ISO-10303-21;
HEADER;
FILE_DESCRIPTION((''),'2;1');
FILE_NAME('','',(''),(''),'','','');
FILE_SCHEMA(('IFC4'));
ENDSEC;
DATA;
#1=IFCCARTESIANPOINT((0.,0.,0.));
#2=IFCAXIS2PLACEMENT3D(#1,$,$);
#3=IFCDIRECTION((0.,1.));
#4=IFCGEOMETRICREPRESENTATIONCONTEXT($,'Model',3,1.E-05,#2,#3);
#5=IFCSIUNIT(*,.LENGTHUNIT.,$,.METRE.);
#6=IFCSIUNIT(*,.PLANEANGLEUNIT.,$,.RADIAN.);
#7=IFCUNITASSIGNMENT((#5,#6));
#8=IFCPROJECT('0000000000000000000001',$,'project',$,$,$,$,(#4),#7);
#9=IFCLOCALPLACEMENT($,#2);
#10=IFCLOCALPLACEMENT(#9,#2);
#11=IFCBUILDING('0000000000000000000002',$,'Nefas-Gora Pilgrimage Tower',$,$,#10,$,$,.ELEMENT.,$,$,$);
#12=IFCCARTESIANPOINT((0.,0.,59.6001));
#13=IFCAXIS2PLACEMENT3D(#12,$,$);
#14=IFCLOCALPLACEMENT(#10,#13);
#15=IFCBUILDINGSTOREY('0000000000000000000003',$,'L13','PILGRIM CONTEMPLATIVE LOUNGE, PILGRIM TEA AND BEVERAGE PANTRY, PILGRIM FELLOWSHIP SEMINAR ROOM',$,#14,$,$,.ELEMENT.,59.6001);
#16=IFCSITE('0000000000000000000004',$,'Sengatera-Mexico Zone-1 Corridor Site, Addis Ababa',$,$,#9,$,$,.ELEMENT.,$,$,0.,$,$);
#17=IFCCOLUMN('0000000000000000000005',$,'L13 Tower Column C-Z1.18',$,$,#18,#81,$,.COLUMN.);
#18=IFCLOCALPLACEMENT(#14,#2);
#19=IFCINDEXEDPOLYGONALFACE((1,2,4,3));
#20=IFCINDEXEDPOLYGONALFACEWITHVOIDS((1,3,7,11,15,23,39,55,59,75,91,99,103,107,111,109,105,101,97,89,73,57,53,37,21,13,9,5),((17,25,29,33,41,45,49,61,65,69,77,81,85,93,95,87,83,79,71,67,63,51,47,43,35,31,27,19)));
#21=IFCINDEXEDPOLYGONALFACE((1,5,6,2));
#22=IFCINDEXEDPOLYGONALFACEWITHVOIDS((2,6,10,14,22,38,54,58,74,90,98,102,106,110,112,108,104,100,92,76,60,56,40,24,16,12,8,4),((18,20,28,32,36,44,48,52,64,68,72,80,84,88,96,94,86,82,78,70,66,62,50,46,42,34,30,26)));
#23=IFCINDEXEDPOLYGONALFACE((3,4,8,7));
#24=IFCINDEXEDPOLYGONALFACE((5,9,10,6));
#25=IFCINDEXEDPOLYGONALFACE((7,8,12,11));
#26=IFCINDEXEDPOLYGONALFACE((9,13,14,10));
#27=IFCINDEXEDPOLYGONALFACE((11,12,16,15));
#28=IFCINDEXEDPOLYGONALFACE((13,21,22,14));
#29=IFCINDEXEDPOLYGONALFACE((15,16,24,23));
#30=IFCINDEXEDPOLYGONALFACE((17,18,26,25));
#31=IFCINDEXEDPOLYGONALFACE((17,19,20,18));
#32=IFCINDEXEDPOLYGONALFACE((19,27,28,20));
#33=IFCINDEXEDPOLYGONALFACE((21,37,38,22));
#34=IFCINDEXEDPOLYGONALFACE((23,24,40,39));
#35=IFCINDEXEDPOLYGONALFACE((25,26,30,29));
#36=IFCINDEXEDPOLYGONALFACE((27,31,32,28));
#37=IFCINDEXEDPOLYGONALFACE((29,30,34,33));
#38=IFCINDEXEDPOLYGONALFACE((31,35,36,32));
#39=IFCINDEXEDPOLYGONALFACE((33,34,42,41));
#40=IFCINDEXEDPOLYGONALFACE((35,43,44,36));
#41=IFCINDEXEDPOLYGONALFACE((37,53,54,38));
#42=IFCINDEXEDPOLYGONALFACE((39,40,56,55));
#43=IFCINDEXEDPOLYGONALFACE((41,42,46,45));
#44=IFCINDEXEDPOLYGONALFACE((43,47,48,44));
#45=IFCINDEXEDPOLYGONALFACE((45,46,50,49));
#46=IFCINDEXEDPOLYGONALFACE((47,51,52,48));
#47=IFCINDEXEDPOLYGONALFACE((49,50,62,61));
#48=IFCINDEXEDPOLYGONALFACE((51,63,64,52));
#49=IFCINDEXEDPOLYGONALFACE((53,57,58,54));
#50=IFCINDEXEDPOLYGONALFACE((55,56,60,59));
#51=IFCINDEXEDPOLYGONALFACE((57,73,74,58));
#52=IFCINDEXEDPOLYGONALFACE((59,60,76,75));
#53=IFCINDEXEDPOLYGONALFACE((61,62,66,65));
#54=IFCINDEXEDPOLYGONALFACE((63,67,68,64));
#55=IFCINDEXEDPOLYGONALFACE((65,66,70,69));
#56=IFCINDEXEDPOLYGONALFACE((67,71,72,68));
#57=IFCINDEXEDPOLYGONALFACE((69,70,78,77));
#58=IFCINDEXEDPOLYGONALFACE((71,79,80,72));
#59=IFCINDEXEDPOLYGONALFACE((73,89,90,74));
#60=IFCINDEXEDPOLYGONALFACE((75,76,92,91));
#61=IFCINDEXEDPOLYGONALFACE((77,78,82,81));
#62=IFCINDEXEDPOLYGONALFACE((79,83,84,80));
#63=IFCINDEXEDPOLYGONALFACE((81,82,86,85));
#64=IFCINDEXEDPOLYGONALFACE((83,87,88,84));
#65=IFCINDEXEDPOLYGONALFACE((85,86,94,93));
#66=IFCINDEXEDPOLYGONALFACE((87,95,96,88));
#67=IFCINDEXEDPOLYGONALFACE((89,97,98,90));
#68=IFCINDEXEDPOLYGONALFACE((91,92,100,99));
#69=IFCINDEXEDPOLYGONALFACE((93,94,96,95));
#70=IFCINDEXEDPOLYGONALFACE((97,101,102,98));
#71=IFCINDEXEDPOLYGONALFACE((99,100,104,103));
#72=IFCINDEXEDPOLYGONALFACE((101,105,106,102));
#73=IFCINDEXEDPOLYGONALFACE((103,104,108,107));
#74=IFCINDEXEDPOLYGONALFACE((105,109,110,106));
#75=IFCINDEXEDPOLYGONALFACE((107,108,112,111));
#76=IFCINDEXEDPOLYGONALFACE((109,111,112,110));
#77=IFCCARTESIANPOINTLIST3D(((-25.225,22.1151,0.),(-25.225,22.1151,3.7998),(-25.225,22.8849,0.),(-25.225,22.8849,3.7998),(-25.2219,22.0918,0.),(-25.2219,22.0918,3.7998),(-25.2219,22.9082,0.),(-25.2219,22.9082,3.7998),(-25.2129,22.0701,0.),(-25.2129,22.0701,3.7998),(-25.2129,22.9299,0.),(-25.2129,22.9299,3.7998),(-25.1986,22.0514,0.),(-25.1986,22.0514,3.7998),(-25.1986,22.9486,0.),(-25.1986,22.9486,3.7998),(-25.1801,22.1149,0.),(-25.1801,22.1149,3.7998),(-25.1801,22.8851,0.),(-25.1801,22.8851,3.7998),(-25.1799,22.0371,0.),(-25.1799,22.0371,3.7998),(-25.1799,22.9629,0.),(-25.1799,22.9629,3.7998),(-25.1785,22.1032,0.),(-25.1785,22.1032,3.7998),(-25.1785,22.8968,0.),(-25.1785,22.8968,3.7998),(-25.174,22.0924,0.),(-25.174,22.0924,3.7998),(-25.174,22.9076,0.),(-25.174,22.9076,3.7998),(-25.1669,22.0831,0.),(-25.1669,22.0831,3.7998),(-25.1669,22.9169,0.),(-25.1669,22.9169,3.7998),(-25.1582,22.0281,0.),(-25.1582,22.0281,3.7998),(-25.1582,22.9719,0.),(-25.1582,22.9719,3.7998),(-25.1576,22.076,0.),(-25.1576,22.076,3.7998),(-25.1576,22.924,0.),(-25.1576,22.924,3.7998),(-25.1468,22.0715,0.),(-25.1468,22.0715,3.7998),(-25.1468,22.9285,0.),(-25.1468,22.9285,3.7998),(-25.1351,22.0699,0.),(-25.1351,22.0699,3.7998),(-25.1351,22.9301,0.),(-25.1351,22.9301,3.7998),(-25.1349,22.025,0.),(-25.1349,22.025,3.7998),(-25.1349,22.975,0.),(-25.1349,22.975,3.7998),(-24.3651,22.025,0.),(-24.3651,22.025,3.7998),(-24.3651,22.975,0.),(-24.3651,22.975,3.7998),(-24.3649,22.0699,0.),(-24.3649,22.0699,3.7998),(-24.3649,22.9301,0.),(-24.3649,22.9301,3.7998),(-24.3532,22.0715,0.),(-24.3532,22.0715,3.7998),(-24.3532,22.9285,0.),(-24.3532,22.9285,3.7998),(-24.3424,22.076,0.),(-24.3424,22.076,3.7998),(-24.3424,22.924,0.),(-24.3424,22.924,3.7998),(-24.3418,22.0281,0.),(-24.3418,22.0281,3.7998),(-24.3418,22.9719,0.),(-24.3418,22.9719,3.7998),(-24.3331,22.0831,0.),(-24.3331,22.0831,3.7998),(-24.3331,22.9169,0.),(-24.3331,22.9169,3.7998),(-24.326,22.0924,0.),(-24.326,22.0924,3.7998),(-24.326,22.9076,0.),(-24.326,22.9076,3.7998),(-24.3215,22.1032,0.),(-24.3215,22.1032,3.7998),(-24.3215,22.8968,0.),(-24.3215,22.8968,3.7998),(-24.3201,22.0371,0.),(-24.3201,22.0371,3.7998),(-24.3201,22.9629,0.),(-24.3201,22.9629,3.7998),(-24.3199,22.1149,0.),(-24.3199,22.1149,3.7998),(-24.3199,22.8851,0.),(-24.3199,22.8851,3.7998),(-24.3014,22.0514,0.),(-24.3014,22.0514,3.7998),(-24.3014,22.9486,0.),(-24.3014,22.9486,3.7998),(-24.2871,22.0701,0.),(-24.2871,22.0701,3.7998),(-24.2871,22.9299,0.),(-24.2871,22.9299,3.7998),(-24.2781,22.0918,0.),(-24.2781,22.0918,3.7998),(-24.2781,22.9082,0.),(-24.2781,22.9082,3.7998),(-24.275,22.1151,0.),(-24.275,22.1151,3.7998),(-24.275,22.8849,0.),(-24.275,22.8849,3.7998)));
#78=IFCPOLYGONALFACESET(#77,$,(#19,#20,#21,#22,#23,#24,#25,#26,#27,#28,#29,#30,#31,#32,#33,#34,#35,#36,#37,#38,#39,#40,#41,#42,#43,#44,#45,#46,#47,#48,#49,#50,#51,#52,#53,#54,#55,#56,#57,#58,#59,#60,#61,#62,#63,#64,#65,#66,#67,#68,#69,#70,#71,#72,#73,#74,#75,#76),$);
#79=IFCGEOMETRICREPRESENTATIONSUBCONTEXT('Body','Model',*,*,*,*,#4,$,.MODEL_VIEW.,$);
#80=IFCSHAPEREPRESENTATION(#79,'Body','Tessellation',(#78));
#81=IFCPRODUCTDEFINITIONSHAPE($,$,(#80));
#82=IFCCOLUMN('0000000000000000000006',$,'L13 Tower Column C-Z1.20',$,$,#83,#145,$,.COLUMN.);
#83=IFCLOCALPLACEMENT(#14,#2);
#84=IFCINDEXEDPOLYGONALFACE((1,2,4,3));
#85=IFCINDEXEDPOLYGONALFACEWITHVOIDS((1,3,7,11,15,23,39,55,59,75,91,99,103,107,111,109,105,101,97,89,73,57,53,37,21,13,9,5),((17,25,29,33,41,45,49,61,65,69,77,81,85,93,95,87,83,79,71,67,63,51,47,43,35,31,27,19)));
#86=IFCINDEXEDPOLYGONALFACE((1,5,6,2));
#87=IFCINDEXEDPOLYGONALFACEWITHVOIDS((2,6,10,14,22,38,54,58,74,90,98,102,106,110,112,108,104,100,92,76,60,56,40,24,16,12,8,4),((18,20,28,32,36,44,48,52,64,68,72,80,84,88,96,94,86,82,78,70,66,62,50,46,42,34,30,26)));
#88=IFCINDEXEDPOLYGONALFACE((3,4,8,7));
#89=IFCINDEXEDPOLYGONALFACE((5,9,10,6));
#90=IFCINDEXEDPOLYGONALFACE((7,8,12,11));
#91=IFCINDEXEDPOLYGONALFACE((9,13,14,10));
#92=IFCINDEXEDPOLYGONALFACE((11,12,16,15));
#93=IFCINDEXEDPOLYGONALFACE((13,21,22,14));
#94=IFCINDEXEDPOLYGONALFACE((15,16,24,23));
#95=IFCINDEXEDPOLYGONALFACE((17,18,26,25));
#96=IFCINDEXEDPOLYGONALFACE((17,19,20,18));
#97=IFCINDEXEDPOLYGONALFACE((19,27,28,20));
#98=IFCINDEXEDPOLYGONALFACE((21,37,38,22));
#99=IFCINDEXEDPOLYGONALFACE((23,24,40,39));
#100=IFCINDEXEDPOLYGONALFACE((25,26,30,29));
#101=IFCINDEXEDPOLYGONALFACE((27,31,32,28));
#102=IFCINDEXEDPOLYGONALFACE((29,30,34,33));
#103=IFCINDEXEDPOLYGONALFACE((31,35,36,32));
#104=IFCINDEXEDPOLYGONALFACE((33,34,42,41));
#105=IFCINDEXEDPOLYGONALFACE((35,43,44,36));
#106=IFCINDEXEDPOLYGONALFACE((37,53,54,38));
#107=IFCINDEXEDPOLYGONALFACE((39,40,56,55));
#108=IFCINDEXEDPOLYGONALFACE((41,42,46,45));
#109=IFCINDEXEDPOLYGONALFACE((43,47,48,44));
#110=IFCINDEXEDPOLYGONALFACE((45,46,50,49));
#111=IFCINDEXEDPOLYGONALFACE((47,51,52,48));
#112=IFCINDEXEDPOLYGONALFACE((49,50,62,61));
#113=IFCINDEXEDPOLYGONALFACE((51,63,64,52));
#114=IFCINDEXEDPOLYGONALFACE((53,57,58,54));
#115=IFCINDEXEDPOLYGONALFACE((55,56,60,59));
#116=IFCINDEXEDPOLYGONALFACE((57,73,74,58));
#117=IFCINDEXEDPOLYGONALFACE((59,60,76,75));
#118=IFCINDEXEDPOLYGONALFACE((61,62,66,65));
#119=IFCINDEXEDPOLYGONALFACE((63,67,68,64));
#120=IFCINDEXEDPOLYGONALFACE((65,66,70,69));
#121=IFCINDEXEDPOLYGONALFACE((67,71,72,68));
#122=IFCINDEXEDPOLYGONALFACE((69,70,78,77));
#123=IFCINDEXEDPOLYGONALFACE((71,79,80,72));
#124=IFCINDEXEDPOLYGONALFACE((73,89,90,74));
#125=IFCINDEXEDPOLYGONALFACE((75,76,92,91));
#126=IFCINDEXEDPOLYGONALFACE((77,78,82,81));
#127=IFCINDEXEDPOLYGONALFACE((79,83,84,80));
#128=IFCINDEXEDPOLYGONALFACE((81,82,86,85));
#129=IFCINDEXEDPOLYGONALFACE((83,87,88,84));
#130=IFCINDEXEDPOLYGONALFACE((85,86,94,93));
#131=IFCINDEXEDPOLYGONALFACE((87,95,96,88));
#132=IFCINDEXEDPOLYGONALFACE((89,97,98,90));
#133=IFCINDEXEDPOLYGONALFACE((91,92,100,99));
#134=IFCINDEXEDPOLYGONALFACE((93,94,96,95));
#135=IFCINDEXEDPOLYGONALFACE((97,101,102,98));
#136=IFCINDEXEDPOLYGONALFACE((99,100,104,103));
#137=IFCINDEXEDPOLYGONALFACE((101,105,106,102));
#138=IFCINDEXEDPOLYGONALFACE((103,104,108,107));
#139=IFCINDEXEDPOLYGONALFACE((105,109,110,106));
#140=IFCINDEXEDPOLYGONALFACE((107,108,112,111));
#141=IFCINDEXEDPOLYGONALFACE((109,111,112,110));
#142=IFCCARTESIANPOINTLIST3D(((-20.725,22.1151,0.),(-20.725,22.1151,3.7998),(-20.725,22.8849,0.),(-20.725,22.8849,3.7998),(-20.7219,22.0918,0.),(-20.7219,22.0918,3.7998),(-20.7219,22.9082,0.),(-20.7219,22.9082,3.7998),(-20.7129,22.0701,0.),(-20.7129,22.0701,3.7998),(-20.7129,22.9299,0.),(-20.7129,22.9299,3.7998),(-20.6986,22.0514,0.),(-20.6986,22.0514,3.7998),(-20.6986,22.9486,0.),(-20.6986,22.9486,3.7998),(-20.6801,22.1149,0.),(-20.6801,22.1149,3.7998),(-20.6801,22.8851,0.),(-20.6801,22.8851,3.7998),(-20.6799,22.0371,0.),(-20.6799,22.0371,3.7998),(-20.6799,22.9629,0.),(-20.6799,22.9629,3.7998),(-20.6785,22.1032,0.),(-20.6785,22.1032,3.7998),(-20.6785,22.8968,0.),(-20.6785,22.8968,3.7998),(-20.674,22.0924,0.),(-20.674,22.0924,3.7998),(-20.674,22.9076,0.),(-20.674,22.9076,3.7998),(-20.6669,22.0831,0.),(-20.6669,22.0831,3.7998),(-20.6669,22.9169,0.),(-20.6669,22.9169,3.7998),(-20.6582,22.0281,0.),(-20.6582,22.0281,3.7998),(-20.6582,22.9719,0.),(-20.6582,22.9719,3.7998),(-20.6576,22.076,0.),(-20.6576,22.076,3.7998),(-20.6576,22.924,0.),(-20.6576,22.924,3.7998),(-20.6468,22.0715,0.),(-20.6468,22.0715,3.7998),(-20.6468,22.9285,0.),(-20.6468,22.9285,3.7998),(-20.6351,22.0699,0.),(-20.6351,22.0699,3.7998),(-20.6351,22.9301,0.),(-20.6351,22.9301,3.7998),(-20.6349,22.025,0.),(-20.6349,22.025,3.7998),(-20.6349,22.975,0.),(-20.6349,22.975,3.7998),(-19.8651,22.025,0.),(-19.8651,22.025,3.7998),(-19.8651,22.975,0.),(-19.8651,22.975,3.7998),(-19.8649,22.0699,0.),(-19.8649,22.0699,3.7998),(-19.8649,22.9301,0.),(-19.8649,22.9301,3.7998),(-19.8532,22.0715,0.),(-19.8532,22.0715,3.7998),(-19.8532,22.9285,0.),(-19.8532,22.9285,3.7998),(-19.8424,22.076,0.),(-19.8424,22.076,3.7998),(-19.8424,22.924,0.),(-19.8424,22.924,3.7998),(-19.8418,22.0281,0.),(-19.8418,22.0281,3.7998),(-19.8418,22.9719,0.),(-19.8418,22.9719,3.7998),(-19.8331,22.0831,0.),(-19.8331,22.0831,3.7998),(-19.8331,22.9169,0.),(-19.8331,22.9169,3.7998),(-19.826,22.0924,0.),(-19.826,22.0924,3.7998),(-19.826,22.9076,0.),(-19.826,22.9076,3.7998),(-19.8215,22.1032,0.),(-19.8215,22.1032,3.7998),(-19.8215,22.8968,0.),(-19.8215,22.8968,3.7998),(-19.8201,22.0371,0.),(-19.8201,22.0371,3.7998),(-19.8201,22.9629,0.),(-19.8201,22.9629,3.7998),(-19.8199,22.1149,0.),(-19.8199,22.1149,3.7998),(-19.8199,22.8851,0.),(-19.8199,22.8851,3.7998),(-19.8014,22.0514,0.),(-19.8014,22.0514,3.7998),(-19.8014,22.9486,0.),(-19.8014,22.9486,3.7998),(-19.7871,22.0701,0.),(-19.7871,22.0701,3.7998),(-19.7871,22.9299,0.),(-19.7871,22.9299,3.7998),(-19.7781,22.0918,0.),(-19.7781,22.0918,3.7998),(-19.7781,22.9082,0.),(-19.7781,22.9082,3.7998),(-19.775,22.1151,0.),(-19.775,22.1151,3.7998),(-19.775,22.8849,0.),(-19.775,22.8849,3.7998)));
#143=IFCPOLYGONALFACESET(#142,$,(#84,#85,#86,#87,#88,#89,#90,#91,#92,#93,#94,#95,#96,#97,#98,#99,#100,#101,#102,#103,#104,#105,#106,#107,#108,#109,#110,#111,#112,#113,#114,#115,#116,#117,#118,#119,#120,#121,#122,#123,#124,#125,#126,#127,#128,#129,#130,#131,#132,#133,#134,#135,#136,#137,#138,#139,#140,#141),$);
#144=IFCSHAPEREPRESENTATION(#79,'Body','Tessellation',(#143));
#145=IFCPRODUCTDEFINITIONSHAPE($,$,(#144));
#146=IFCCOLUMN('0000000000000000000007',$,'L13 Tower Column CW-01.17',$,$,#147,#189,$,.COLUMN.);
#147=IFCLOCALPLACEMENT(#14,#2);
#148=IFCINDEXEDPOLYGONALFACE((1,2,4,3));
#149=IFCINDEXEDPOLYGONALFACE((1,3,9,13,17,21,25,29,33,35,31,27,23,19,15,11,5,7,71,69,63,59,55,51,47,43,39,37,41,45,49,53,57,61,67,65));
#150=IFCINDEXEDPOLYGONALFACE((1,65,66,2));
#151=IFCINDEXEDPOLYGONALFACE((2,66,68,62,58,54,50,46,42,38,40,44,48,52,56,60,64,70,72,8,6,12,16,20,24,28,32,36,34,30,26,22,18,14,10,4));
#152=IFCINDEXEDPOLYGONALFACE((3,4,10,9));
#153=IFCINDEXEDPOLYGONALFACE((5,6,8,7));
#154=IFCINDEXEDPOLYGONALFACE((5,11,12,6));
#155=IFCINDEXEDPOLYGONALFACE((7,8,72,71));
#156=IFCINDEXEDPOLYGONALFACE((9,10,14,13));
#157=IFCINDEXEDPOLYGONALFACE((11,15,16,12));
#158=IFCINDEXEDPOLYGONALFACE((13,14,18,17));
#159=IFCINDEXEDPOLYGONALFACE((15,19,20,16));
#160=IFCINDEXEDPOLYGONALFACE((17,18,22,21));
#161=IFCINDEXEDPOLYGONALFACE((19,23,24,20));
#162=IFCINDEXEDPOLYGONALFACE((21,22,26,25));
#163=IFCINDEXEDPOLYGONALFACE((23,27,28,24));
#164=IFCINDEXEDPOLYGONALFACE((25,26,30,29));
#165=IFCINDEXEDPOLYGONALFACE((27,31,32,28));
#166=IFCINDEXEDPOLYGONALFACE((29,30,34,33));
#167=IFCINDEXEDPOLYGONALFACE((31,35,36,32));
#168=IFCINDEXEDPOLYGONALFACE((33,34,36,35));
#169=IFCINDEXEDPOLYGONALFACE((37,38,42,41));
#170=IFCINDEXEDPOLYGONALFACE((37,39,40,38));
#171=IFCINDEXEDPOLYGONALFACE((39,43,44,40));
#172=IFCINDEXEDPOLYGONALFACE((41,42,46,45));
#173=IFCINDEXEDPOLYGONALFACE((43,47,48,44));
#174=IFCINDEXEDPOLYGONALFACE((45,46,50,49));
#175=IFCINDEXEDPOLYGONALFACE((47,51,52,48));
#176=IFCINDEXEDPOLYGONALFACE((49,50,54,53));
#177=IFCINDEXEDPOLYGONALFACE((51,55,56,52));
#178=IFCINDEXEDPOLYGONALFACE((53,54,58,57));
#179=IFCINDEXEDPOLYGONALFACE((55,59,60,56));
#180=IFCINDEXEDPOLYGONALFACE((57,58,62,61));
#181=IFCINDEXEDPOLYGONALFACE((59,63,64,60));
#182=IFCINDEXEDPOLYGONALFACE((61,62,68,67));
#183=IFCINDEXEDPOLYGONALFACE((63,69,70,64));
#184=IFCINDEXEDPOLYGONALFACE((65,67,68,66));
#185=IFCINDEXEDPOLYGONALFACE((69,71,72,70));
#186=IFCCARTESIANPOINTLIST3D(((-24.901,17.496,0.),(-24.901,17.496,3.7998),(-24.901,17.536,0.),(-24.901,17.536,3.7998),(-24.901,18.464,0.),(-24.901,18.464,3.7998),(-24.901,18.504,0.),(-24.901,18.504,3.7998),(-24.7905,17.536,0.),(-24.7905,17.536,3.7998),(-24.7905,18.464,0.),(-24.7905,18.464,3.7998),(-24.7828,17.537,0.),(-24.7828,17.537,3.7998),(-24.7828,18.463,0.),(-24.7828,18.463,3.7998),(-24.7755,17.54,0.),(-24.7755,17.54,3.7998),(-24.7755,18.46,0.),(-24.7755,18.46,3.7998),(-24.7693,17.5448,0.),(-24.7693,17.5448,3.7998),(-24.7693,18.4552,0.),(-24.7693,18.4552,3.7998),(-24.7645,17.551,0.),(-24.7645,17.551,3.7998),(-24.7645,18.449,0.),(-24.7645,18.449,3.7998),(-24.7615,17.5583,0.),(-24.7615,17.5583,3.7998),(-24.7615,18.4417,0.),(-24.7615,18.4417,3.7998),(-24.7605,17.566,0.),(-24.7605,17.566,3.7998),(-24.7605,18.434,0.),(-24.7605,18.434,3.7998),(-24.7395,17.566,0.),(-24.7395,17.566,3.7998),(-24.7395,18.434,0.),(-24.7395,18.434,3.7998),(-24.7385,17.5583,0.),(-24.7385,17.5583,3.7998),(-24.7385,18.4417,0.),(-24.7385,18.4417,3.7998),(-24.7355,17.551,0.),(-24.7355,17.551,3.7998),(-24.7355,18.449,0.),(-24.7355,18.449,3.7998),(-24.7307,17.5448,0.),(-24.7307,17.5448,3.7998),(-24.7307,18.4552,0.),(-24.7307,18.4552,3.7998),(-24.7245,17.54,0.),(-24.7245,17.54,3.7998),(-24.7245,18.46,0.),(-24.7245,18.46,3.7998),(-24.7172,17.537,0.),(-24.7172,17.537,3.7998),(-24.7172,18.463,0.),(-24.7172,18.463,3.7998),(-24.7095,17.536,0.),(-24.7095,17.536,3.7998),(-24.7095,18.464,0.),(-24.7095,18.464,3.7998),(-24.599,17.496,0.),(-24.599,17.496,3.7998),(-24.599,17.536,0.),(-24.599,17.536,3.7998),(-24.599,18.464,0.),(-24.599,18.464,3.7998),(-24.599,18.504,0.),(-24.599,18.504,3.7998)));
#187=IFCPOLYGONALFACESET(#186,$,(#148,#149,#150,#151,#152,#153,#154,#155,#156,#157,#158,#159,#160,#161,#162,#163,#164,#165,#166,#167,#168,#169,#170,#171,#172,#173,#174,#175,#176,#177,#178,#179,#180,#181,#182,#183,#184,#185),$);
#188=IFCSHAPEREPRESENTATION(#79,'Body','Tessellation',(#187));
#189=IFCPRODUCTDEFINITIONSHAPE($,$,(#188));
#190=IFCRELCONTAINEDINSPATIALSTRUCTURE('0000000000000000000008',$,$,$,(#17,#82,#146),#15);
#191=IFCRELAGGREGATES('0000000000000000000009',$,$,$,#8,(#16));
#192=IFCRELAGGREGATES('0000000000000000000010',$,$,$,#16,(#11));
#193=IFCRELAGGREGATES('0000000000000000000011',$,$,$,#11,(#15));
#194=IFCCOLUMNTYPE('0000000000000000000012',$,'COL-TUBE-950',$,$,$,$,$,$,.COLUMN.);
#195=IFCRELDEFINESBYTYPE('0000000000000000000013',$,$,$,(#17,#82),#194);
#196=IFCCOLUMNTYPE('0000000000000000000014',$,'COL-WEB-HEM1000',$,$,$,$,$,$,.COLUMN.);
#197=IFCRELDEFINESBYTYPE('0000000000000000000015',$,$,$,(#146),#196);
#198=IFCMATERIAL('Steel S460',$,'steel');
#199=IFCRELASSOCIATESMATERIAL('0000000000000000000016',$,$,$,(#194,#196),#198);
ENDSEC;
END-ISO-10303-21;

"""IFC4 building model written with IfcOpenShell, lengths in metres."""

from ifc_helpers import new_model, si_unit, direction, frame, origin, origin_2d, place, context, subcontext, project, spatial, hollow_rectangle, i_section, extrude, source, transform, mapped, material, material_profile, profile_set, type_object, element, save


model = new_model("IFC4")

# Units and contexts
model_context = context("Model", 3, precision=1e-05, world=origin(), true_north=direction((0.0, 1.0)))
body_context = subcontext(model_context, "Body", "Model", "MODEL_VIEW")
ifc_project = project(units=[si_unit("LENGTHUNIT", "METRE"), si_unit("PLANEANGLEUNIT", "RADIAN")], contexts=[model_context])

# Site, building, storey
site_placement = place(None, origin())
site = spatial("IfcSite", under=ifc_project, at=site_placement, Name="Sengatera-Mexico Zone-1 Corridor Site, Addis Ababa", CompositionType="ELEMENT", RefElevation=0.0)
building_placement = place(site_placement, origin())
building = spatial("IfcBuilding", under=site, at=building_placement, Name="Nefas-Gora Pilgrimage Tower", CompositionType="ELEMENT")
storey_placement = place(building_placement, frame((0.0, 0.0, 59.6001)))
storey = spatial("IfcBuildingStorey", under=building, at=storey_placement, Name="L13", Description="PILGRIM CONTEMPLATIVE LOUNGE, PILGRIM TEA AND BEVERAGE PANTRY, PILGRIM FELLOWSHIP SEMINAR ROOM", CompositionType="ELEMENT", Elevation=59.6001)

# Columns
ifc_material_1 = material(Name="Steel S460", Category="steel")
ifc_material_profile_1 = material_profile(ifc_material_1, hollow_rectangle(XDim=0.95, YDim=0.95, WallThickness=0.0449, InnerFilletRadius=0.0449, OuterFilletRadius=0.0901, at=origin_2d()), Name="BOX 950x950x45")
ifc_profile_set_1 = profile_set([ifc_material_profile_1], Name="Steel S460")
column_type_1 = type_object("IfcColumnType", Name="COL-TUBE-950", PredefinedType="COLUMN", material=ifc_profile_set_1)
shared_shape_1 = source(origin(), body_context, "Body", "SweptSolid", [
    extrude(hollow_rectangle(XDim=0.95, YDim=0.95, WallThickness=0.0449, InnerFilletRadius=0.0449, OuterFilletRadius=0.0901, at=origin_2d()), origin(), (0.0, 0.0, 1.0), 3.7998),
])
for number, where, z_axis, x_axis, name in (
    (1, (-24.75, 22.5, 0.0), (0.0, 0.0, 1.0), (1.0, 0.0, 0.0), "L13 Tower Column C-Z1.18"),
    (2, (-20.25, 22.5, 0.0), (0.0, 0.0, 1.0), (1.0, 0.0, 0.0), "L13 Tower Column C-Z1.20"),
):
    element("IfcColumn", number, at=place(storey_placement, frame(where, z_axis=z_axis, x_axis=x_axis)), inside=storey, type_object=column_type_1, Name=name, PredefinedType="COLUMN", context=body_context, shape_type="MappedRepresentation", body=[
        mapped(shared_shape_1, transform((0.0, 0.0, 0.0), x_axis=(1.0, 0.0, 0.0), y_axis=(0.0, 1.0, 0.0), z_axis=(0.0, 0.0, 1.0), scale=1.0)),
    ])
ifc_material_profile_2 = material_profile(ifc_material_1, i_section(OverallWidth=0.302, OverallDepth=1.0081, WebThickness=0.021, FlangeThickness=0.04, FilletRadius=0.03, at=origin_2d()), Name="HEM 1000")
ifc_profile_set_2 = profile_set([ifc_material_profile_2], Name="Steel S460")
column_type_2 = type_object("IfcColumnType", Name="COL-WEB-HEM1000", PredefinedType="COLUMN", material=ifc_profile_set_2)
shared_shape_2 = source(origin(), body_context, "Body", "SweptSolid", [
    extrude(i_section(OverallWidth=0.302, OverallDepth=1.0081, WebThickness=0.021, FlangeThickness=0.04, FilletRadius=0.03, at=origin_2d()), origin(), (0.0, 0.0, 1.0), 3.7998),
])
for number, where, z_axis, x_axis, name in (
    (3, (-24.75, 18.0, 0.0), (0.0, 0.0, 1.0), (1.0, 0.0, 0.0), "L13 Tower Column CW-01.17"),
):
    element("IfcColumn", number, at=place(storey_placement, frame(where, z_axis=z_axis, x_axis=x_axis)), inside=storey, type_object=column_type_2, Name=name, PredefinedType="COLUMN", context=body_context, shape_type="MappedRepresentation", body=[
        mapped(shared_shape_2, transform((0.0, 0.0, 0.0), x_axis=(1.0, 0.0, 0.0), y_axis=(0.0, 1.0, 0.0), z_axis=(0.0, 0.0, 1.0), scale=1.0)),
    ])

save(model, "model.ifc")
